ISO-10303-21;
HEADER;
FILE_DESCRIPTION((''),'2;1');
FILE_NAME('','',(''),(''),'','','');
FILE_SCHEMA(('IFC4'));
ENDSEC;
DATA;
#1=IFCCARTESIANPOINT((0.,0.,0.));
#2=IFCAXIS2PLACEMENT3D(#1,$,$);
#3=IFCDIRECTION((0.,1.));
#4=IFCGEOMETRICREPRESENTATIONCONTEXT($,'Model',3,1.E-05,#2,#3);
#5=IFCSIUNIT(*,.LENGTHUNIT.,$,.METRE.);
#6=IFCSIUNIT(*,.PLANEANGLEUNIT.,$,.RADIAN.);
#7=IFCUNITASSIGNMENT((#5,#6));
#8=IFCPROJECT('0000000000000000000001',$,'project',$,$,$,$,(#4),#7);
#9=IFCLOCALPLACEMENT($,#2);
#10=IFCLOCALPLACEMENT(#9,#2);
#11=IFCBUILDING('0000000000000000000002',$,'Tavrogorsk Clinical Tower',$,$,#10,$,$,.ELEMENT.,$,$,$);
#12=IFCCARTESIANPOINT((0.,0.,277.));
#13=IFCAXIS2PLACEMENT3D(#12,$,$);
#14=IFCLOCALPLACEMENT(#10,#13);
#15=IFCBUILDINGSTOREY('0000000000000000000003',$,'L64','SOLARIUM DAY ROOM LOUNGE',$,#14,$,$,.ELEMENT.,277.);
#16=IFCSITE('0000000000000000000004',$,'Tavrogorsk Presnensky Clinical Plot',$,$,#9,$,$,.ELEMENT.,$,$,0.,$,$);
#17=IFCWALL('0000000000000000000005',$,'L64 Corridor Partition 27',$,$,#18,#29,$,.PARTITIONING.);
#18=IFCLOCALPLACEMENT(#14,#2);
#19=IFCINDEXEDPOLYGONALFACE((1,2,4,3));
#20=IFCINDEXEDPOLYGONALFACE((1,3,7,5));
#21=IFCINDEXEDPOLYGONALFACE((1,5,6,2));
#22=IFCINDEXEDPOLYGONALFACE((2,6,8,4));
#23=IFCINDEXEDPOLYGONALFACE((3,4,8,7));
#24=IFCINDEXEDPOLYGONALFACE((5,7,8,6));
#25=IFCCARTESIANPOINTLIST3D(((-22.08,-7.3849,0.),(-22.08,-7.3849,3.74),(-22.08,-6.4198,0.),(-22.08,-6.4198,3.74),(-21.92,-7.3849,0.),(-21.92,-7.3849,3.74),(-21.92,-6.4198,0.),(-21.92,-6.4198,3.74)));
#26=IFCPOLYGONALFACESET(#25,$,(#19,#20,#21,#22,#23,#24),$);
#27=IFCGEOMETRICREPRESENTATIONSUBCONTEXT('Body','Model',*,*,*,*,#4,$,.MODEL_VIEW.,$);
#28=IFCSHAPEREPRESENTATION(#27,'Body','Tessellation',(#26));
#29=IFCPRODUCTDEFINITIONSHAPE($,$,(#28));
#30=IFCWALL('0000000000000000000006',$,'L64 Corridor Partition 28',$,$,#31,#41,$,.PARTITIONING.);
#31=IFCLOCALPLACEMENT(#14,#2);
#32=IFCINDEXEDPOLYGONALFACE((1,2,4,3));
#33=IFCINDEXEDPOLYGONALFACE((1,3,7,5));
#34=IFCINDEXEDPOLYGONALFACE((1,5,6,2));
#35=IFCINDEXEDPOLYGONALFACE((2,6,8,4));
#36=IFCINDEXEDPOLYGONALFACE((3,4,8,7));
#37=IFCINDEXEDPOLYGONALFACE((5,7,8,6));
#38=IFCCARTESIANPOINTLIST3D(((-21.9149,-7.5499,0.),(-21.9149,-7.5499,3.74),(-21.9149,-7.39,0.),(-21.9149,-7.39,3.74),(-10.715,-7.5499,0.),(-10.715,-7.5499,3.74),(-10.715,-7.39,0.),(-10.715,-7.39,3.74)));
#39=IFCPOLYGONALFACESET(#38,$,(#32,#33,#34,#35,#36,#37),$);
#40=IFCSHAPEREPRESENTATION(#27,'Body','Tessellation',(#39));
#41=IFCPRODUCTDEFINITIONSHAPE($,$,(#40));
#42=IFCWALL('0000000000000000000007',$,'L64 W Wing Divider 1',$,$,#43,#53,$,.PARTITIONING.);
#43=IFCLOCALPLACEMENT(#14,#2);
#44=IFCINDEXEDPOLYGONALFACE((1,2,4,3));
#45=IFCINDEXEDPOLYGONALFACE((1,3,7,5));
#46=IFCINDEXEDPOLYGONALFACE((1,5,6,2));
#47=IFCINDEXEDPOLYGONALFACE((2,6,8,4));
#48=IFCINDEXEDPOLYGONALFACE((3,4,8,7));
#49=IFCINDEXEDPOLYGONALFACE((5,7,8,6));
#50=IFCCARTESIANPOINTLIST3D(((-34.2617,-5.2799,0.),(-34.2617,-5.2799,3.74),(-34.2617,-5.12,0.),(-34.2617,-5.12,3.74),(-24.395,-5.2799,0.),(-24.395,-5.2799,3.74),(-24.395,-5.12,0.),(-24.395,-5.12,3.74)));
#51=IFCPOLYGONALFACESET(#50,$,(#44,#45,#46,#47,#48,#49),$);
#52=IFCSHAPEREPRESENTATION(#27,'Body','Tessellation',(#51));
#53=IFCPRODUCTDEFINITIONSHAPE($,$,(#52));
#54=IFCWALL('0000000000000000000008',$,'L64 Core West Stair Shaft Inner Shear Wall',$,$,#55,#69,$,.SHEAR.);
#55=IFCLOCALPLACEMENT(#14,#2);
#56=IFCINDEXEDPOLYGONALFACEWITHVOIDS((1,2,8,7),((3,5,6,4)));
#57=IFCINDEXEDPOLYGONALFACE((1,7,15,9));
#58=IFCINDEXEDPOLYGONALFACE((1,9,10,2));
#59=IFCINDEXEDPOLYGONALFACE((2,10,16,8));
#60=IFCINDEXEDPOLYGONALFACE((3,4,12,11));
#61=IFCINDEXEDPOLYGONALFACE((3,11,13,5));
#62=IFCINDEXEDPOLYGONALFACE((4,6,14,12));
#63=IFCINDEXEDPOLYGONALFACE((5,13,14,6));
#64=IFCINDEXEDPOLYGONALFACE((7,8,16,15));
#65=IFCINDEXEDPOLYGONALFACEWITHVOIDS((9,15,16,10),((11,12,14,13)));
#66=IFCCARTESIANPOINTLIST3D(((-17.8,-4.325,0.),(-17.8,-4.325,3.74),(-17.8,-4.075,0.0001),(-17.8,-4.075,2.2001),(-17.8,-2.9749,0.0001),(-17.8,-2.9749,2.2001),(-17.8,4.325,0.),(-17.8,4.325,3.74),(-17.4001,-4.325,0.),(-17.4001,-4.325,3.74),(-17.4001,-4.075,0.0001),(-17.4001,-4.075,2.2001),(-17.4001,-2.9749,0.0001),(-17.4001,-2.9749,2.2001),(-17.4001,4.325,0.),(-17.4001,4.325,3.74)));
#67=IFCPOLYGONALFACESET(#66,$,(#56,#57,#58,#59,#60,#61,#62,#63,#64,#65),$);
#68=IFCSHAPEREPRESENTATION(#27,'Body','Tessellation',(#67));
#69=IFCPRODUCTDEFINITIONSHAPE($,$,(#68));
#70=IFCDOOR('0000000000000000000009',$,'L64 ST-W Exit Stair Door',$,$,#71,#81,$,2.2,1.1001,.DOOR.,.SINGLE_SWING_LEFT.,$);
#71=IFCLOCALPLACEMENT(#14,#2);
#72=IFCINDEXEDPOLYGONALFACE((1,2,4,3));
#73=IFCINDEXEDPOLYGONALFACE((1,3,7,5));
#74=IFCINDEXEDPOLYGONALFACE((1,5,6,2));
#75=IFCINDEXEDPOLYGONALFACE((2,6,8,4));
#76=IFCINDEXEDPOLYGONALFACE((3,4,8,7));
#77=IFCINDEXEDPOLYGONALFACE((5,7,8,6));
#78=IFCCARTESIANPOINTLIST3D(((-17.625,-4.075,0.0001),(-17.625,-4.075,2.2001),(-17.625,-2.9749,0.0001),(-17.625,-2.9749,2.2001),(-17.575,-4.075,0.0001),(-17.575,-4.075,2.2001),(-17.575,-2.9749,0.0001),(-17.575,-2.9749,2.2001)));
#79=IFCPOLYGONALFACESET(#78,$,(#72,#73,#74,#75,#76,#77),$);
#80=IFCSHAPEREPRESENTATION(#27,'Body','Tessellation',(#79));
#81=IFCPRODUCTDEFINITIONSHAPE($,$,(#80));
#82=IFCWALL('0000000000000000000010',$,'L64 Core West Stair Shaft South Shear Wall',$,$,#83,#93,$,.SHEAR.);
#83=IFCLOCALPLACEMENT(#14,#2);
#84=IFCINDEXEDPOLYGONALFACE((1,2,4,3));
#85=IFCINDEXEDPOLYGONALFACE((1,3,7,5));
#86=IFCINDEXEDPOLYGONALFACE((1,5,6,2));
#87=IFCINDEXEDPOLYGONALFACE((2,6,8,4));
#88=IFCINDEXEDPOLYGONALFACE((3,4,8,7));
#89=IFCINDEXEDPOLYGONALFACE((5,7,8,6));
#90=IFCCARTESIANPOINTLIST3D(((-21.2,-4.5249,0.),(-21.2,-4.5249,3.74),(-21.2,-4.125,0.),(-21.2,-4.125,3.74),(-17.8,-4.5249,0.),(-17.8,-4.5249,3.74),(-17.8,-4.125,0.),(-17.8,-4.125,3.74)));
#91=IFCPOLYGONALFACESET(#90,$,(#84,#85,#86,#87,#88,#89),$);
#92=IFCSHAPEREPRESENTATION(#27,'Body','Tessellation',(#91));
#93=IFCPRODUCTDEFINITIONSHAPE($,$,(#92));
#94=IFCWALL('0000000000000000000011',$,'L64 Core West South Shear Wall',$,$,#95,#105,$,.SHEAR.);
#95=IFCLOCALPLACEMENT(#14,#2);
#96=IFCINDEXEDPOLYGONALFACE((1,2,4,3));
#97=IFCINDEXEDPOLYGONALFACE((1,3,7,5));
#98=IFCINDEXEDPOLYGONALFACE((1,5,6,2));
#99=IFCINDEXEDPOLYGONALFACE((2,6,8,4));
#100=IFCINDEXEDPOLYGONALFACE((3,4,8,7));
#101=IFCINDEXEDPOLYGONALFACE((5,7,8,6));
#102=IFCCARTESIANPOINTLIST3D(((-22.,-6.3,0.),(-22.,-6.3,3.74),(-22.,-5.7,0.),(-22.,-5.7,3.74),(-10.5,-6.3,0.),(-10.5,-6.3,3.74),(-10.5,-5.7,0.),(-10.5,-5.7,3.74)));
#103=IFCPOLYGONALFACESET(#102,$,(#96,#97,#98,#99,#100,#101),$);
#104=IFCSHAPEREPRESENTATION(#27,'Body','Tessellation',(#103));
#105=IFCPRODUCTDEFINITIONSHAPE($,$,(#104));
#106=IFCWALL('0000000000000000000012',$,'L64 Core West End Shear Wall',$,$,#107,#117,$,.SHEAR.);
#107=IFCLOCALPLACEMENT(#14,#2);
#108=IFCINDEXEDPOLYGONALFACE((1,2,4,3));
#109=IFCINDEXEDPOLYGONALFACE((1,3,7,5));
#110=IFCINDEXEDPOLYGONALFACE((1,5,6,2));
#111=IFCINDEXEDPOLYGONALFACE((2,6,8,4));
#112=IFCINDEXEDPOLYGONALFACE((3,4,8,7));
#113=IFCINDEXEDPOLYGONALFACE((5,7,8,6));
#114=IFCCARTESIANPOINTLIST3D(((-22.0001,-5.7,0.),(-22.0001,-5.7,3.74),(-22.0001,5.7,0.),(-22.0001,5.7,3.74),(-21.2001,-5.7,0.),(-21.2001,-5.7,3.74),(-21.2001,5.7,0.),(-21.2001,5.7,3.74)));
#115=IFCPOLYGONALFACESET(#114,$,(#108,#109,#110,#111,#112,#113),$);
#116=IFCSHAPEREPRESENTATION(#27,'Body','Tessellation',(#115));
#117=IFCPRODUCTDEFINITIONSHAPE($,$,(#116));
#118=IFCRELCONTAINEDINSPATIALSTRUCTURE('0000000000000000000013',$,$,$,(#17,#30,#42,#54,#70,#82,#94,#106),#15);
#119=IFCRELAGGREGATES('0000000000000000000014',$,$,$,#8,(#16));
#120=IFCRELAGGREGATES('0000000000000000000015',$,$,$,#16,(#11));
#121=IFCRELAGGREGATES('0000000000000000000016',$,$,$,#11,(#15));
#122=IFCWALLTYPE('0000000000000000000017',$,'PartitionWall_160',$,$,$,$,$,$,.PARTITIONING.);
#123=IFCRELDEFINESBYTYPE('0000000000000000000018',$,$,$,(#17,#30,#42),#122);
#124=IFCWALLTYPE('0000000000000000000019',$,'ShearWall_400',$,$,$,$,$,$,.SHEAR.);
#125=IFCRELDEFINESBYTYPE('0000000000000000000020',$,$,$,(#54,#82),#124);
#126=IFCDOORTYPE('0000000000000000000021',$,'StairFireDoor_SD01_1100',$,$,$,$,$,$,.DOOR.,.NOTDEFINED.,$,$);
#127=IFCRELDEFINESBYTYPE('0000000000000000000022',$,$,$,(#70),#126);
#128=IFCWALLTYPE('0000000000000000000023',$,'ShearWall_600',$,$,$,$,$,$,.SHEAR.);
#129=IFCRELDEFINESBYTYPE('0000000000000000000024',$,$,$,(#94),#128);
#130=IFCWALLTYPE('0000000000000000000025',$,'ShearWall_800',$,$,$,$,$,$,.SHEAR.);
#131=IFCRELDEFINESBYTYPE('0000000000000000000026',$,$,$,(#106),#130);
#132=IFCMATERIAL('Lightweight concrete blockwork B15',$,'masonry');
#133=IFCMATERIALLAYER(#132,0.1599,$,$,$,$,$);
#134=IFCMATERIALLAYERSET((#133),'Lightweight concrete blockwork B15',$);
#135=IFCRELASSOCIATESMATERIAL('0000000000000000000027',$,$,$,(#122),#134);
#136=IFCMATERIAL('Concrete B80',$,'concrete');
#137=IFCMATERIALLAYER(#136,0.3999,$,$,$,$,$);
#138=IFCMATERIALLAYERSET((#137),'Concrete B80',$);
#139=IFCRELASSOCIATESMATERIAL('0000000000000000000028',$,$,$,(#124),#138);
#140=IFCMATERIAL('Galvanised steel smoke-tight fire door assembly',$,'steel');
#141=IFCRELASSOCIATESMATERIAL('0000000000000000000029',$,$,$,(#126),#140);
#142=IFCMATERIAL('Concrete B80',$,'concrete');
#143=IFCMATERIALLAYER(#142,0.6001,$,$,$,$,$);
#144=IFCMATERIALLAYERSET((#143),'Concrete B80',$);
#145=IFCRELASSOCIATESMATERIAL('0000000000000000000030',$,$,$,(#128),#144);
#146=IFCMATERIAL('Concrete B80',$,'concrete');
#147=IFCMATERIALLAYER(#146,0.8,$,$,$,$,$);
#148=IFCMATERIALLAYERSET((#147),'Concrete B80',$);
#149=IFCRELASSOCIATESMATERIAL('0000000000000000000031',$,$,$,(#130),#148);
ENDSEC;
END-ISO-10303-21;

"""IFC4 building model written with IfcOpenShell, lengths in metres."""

from ifc_helpers import new_model, si_unit, direction, frame, frame_2d, origin, place, context, subcontext, project, spatial, rectangle, extrude, material, layer, layer_set, type_object, element, fill, save


model = new_model("IFC4")

# Units and contexts
model_context = context("Model", 3, precision=1e-05, world=origin(), true_north=direction((0.0, 1.0)))
body_context = subcontext(model_context, "Body", "Model", "MODEL_VIEW")
ifc_project = project(units=[si_unit("LENGTHUNIT", "METRE"), si_unit("PLANEANGLEUNIT", "RADIAN")], contexts=[model_context])

# Site, building, storey
site_placement = place(None, origin())
site = spatial("IfcSite", under=ifc_project, at=site_placement, Name="Tavrogorsk Presnensky Clinical Plot", CompositionType="ELEMENT", RefElevation=0.0)
building_placement = place(site_placement, origin())
building = spatial("IfcBuilding", under=site, at=building_placement, Name="Tavrogorsk Clinical Tower", CompositionType="ELEMENT")
storey_placement = place(building_placement, frame((0.0, 0.0, 277.0)))
storey = spatial("IfcBuildingStorey", under=building, at=storey_placement, Name="L64", Description="SOLARIUM DAY ROOM LOUNGE", CompositionType="ELEMENT", Elevation=277.0)

# Shared definitions
ifc_material_1 = material(Name="Lightweight concrete blockwork B15", Category="masonry")
ifc_layer_1 = layer(ifc_material_1, 0.1599)
ifc_layer_set_1 = layer_set([ifc_layer_1], Name="Lightweight concrete blockwork B15")
wall_type_1 = type_object("IfcWallType", Name="PartitionWall_160", PredefinedType="PARTITIONING", material=ifc_layer_set_1)

# Walls
wall_1_placement = place(storey_placement, frame((-22.0, -6.4199, 0.0), z_axis=(0.0, 0.0, 1.0), x_axis=(0.0, -1.0, 0.0)))
element("IfcWall", 1, at=wall_1_placement, inside=storey, type_object=wall_type_1, Name="L64 Corridor Partition 27", PredefinedType="PARTITIONING", context=body_context, shape_type="SweptSolid", body=[
    extrude(rectangle(XDim=0.9651, YDim=0.1599, at=frame_2d((0.4824, 0.0))), origin(), (0.0, 0.0, 1.0), 3.74),
])
wall_2_placement = place(storey_placement, frame((-21.915, -7.47, 0.0), z_axis=(0.0, 0.0, 1.0), x_axis=(1.0, 0.0, 0.0)))
element("IfcWall", 2, at=wall_2_placement, inside=storey, type_object=wall_type_1, Name="L64 Corridor Partition 28", PredefinedType="PARTITIONING", context=body_context, shape_type="SweptSolid", body=[
    extrude(rectangle(XDim=11.2, YDim=0.1599, at=frame_2d((5.6001, 0.0))), origin(), (0.0, 0.0, 1.0), 3.74),
])
wall_3_placement = place(storey_placement, frame((-34.2617, -5.2, 0.0), z_axis=(0.0, 0.0, 1.0), x_axis=(1.0, 0.0, 0.0)))
element("IfcWall", 3, at=wall_3_placement, inside=storey, type_object=wall_type_1, Name="L64 W Wing Divider 1", PredefinedType="PARTITIONING", context=body_context, shape_type="SweptSolid", body=[
    extrude(rectangle(XDim=9.8667, YDim=0.1599, at=frame_2d((4.9333, 0.0))), origin(), (0.0, 0.0, 1.0), 3.74),
])

# Wall, opening, door
ifc_material_2 = material(Name="Concrete B80", Category="concrete")
ifc_layer_2 = layer(ifc_material_2, 0.3999)
ifc_layer_set_2 = layer_set([ifc_layer_2], Name="Concrete B80")
wall_type_2 = type_object("IfcWallType", Name="ShearWall_400", PredefinedType="SHEAR", material=ifc_layer_set_2)
wall_4_placement = place(storey_placement, frame((-17.6001, -4.325, 0.0), z_axis=(0.0, 0.0, 1.0), x_axis=(0.0, 1.0, 0.0)))
wall_4 = element("IfcWall", 4, at=wall_4_placement, inside=storey, type_object=wall_type_2, Name="L64 Core West Stair Shaft Inner Shear Wall", PredefinedType="SHEAR", context=body_context, shape_type="SweptSolid", body=[
    extrude(rectangle(XDim=8.6499, YDim=0.3999, at=frame_2d((4.325, 0.0))), origin(), (0.0, 0.0, 1.0), 3.74),
])
opening_1_placement = place(wall_4_placement, frame((0.25, 0.0, 0.0)))
opening_1 = element("IfcOpeningElement", 5, at=opening_1_placement, cuts=wall_4, PredefinedType="OPENING", context=body_context, shape_type="SweptSolid", body=[
    extrude(rectangle(XDim=1.1001, YDim=2.2, at=frame_2d((0.55, 1.1001))), frame((0.0, 0.21, 0.0), z_axis=(0.0, -1.0, 0.0), x_axis=(1.0, 0.0, 0.0)), (0.0, 0.0, 1.0), 0.4199),
])
ifc_material_3 = material(Name="Galvanised steel smoke-tight fire door assembly", Category="steel")
door_type_1 = type_object("IfcDoorType", Name="StairFireDoor_SD01_1100", OperationType="NOTDEFINED", PredefinedType="DOOR", material=ifc_material_3)
door_1_placement = place(opening_1_placement, origin())
door_1 = element("IfcDoor", 6, at=door_1_placement, inside=storey, type_object=door_type_1, Name="L64 ST-W Exit Stair Door", OperationType="SINGLE_SWING_LEFT", OverallHeight=2.2, OverallWidth=1.1001, PredefinedType="DOOR", context=body_context, shape_type="SweptSolid", body=[
    extrude(rectangle(XDim=1.1001, YDim=2.2, at=frame_2d((0.55, 1.1001))), frame((0.0, 0.0249, 0.0), z_axis=(0.0, -1.0, 0.0), x_axis=(1.0, 0.0, 0.0)), (0.0, 0.0, 1.0), 0.05),
])
fill(opening_1, door_1)

# Walls
wall_5_placement = place(storey_placement, frame((-21.2, -4.325, 0.0), z_axis=(0.0, 0.0, 1.0), x_axis=(1.0, 0.0, 0.0)))
element("IfcWall", 7, at=wall_5_placement, inside=storey, type_object=wall_type_2, Name="L64 Core West Stair Shaft South Shear Wall", PredefinedType="SHEAR", context=body_context, shape_type="SweptSolid", body=[
    extrude(rectangle(XDim=3.3999, YDim=0.3999, at=frame_2d((1.7, 0.0))), origin(), (0.0, 0.0, 1.0), 3.74),
])
ifc_material_4 = material(Name="Concrete B80", Category="concrete")
ifc_layer_3 = layer(ifc_material_4, 0.6001)
ifc_layer_set_3 = layer_set([ifc_layer_3], Name="Concrete B80")
wall_type_3 = type_object("IfcWallType", Name="ShearWall_600", PredefinedType="SHEAR", material=ifc_layer_set_3)
wall_6_placement = place(storey_placement, frame((-22.0, -6.0, 0.0), z_axis=(0.0, 0.0, 1.0), x_axis=(1.0, 0.0, 0.0)))
element("IfcWall", 8, at=wall_6_placement, inside=storey, type_object=wall_type_3, Name="L64 Core West South Shear Wall", PredefinedType="SHEAR", context=body_context, shape_type="SweptSolid", body=[
    extrude(rectangle(XDim=11.5, YDim=0.6001, at=frame_2d((5.75, 0.0))), origin(), (0.0, 0.0, 1.0), 3.74),
])
ifc_material_5 = material(Name="Concrete B80", Category="concrete")
ifc_layer_4 = layer(ifc_material_5, 0.8)
ifc_layer_set_4 = layer_set([ifc_layer_4], Name="Concrete B80")
wall_type_4 = type_object("IfcWallType", Name="ShearWall_800", PredefinedType="SHEAR", material=ifc_layer_set_4)
wall_7_placement = place(storey_placement, frame((-21.6001, -5.7, 0.0), z_axis=(0.0, 0.0, 1.0), x_axis=(0.0, 1.0, 0.0)))
element("IfcWall", 9, at=wall_7_placement, inside=storey, type_object=wall_type_4, Name="L64 Core West End Shear Wall", PredefinedType="SHEAR", context=body_context, shape_type="SweptSolid", body=[
    extrude(rectangle(XDim=11.3999, YDim=0.8, at=frame_2d((5.7, 0.0))), origin(), (0.0, 0.0, 1.0), 3.74),
])

save(model, "model.ifc")
